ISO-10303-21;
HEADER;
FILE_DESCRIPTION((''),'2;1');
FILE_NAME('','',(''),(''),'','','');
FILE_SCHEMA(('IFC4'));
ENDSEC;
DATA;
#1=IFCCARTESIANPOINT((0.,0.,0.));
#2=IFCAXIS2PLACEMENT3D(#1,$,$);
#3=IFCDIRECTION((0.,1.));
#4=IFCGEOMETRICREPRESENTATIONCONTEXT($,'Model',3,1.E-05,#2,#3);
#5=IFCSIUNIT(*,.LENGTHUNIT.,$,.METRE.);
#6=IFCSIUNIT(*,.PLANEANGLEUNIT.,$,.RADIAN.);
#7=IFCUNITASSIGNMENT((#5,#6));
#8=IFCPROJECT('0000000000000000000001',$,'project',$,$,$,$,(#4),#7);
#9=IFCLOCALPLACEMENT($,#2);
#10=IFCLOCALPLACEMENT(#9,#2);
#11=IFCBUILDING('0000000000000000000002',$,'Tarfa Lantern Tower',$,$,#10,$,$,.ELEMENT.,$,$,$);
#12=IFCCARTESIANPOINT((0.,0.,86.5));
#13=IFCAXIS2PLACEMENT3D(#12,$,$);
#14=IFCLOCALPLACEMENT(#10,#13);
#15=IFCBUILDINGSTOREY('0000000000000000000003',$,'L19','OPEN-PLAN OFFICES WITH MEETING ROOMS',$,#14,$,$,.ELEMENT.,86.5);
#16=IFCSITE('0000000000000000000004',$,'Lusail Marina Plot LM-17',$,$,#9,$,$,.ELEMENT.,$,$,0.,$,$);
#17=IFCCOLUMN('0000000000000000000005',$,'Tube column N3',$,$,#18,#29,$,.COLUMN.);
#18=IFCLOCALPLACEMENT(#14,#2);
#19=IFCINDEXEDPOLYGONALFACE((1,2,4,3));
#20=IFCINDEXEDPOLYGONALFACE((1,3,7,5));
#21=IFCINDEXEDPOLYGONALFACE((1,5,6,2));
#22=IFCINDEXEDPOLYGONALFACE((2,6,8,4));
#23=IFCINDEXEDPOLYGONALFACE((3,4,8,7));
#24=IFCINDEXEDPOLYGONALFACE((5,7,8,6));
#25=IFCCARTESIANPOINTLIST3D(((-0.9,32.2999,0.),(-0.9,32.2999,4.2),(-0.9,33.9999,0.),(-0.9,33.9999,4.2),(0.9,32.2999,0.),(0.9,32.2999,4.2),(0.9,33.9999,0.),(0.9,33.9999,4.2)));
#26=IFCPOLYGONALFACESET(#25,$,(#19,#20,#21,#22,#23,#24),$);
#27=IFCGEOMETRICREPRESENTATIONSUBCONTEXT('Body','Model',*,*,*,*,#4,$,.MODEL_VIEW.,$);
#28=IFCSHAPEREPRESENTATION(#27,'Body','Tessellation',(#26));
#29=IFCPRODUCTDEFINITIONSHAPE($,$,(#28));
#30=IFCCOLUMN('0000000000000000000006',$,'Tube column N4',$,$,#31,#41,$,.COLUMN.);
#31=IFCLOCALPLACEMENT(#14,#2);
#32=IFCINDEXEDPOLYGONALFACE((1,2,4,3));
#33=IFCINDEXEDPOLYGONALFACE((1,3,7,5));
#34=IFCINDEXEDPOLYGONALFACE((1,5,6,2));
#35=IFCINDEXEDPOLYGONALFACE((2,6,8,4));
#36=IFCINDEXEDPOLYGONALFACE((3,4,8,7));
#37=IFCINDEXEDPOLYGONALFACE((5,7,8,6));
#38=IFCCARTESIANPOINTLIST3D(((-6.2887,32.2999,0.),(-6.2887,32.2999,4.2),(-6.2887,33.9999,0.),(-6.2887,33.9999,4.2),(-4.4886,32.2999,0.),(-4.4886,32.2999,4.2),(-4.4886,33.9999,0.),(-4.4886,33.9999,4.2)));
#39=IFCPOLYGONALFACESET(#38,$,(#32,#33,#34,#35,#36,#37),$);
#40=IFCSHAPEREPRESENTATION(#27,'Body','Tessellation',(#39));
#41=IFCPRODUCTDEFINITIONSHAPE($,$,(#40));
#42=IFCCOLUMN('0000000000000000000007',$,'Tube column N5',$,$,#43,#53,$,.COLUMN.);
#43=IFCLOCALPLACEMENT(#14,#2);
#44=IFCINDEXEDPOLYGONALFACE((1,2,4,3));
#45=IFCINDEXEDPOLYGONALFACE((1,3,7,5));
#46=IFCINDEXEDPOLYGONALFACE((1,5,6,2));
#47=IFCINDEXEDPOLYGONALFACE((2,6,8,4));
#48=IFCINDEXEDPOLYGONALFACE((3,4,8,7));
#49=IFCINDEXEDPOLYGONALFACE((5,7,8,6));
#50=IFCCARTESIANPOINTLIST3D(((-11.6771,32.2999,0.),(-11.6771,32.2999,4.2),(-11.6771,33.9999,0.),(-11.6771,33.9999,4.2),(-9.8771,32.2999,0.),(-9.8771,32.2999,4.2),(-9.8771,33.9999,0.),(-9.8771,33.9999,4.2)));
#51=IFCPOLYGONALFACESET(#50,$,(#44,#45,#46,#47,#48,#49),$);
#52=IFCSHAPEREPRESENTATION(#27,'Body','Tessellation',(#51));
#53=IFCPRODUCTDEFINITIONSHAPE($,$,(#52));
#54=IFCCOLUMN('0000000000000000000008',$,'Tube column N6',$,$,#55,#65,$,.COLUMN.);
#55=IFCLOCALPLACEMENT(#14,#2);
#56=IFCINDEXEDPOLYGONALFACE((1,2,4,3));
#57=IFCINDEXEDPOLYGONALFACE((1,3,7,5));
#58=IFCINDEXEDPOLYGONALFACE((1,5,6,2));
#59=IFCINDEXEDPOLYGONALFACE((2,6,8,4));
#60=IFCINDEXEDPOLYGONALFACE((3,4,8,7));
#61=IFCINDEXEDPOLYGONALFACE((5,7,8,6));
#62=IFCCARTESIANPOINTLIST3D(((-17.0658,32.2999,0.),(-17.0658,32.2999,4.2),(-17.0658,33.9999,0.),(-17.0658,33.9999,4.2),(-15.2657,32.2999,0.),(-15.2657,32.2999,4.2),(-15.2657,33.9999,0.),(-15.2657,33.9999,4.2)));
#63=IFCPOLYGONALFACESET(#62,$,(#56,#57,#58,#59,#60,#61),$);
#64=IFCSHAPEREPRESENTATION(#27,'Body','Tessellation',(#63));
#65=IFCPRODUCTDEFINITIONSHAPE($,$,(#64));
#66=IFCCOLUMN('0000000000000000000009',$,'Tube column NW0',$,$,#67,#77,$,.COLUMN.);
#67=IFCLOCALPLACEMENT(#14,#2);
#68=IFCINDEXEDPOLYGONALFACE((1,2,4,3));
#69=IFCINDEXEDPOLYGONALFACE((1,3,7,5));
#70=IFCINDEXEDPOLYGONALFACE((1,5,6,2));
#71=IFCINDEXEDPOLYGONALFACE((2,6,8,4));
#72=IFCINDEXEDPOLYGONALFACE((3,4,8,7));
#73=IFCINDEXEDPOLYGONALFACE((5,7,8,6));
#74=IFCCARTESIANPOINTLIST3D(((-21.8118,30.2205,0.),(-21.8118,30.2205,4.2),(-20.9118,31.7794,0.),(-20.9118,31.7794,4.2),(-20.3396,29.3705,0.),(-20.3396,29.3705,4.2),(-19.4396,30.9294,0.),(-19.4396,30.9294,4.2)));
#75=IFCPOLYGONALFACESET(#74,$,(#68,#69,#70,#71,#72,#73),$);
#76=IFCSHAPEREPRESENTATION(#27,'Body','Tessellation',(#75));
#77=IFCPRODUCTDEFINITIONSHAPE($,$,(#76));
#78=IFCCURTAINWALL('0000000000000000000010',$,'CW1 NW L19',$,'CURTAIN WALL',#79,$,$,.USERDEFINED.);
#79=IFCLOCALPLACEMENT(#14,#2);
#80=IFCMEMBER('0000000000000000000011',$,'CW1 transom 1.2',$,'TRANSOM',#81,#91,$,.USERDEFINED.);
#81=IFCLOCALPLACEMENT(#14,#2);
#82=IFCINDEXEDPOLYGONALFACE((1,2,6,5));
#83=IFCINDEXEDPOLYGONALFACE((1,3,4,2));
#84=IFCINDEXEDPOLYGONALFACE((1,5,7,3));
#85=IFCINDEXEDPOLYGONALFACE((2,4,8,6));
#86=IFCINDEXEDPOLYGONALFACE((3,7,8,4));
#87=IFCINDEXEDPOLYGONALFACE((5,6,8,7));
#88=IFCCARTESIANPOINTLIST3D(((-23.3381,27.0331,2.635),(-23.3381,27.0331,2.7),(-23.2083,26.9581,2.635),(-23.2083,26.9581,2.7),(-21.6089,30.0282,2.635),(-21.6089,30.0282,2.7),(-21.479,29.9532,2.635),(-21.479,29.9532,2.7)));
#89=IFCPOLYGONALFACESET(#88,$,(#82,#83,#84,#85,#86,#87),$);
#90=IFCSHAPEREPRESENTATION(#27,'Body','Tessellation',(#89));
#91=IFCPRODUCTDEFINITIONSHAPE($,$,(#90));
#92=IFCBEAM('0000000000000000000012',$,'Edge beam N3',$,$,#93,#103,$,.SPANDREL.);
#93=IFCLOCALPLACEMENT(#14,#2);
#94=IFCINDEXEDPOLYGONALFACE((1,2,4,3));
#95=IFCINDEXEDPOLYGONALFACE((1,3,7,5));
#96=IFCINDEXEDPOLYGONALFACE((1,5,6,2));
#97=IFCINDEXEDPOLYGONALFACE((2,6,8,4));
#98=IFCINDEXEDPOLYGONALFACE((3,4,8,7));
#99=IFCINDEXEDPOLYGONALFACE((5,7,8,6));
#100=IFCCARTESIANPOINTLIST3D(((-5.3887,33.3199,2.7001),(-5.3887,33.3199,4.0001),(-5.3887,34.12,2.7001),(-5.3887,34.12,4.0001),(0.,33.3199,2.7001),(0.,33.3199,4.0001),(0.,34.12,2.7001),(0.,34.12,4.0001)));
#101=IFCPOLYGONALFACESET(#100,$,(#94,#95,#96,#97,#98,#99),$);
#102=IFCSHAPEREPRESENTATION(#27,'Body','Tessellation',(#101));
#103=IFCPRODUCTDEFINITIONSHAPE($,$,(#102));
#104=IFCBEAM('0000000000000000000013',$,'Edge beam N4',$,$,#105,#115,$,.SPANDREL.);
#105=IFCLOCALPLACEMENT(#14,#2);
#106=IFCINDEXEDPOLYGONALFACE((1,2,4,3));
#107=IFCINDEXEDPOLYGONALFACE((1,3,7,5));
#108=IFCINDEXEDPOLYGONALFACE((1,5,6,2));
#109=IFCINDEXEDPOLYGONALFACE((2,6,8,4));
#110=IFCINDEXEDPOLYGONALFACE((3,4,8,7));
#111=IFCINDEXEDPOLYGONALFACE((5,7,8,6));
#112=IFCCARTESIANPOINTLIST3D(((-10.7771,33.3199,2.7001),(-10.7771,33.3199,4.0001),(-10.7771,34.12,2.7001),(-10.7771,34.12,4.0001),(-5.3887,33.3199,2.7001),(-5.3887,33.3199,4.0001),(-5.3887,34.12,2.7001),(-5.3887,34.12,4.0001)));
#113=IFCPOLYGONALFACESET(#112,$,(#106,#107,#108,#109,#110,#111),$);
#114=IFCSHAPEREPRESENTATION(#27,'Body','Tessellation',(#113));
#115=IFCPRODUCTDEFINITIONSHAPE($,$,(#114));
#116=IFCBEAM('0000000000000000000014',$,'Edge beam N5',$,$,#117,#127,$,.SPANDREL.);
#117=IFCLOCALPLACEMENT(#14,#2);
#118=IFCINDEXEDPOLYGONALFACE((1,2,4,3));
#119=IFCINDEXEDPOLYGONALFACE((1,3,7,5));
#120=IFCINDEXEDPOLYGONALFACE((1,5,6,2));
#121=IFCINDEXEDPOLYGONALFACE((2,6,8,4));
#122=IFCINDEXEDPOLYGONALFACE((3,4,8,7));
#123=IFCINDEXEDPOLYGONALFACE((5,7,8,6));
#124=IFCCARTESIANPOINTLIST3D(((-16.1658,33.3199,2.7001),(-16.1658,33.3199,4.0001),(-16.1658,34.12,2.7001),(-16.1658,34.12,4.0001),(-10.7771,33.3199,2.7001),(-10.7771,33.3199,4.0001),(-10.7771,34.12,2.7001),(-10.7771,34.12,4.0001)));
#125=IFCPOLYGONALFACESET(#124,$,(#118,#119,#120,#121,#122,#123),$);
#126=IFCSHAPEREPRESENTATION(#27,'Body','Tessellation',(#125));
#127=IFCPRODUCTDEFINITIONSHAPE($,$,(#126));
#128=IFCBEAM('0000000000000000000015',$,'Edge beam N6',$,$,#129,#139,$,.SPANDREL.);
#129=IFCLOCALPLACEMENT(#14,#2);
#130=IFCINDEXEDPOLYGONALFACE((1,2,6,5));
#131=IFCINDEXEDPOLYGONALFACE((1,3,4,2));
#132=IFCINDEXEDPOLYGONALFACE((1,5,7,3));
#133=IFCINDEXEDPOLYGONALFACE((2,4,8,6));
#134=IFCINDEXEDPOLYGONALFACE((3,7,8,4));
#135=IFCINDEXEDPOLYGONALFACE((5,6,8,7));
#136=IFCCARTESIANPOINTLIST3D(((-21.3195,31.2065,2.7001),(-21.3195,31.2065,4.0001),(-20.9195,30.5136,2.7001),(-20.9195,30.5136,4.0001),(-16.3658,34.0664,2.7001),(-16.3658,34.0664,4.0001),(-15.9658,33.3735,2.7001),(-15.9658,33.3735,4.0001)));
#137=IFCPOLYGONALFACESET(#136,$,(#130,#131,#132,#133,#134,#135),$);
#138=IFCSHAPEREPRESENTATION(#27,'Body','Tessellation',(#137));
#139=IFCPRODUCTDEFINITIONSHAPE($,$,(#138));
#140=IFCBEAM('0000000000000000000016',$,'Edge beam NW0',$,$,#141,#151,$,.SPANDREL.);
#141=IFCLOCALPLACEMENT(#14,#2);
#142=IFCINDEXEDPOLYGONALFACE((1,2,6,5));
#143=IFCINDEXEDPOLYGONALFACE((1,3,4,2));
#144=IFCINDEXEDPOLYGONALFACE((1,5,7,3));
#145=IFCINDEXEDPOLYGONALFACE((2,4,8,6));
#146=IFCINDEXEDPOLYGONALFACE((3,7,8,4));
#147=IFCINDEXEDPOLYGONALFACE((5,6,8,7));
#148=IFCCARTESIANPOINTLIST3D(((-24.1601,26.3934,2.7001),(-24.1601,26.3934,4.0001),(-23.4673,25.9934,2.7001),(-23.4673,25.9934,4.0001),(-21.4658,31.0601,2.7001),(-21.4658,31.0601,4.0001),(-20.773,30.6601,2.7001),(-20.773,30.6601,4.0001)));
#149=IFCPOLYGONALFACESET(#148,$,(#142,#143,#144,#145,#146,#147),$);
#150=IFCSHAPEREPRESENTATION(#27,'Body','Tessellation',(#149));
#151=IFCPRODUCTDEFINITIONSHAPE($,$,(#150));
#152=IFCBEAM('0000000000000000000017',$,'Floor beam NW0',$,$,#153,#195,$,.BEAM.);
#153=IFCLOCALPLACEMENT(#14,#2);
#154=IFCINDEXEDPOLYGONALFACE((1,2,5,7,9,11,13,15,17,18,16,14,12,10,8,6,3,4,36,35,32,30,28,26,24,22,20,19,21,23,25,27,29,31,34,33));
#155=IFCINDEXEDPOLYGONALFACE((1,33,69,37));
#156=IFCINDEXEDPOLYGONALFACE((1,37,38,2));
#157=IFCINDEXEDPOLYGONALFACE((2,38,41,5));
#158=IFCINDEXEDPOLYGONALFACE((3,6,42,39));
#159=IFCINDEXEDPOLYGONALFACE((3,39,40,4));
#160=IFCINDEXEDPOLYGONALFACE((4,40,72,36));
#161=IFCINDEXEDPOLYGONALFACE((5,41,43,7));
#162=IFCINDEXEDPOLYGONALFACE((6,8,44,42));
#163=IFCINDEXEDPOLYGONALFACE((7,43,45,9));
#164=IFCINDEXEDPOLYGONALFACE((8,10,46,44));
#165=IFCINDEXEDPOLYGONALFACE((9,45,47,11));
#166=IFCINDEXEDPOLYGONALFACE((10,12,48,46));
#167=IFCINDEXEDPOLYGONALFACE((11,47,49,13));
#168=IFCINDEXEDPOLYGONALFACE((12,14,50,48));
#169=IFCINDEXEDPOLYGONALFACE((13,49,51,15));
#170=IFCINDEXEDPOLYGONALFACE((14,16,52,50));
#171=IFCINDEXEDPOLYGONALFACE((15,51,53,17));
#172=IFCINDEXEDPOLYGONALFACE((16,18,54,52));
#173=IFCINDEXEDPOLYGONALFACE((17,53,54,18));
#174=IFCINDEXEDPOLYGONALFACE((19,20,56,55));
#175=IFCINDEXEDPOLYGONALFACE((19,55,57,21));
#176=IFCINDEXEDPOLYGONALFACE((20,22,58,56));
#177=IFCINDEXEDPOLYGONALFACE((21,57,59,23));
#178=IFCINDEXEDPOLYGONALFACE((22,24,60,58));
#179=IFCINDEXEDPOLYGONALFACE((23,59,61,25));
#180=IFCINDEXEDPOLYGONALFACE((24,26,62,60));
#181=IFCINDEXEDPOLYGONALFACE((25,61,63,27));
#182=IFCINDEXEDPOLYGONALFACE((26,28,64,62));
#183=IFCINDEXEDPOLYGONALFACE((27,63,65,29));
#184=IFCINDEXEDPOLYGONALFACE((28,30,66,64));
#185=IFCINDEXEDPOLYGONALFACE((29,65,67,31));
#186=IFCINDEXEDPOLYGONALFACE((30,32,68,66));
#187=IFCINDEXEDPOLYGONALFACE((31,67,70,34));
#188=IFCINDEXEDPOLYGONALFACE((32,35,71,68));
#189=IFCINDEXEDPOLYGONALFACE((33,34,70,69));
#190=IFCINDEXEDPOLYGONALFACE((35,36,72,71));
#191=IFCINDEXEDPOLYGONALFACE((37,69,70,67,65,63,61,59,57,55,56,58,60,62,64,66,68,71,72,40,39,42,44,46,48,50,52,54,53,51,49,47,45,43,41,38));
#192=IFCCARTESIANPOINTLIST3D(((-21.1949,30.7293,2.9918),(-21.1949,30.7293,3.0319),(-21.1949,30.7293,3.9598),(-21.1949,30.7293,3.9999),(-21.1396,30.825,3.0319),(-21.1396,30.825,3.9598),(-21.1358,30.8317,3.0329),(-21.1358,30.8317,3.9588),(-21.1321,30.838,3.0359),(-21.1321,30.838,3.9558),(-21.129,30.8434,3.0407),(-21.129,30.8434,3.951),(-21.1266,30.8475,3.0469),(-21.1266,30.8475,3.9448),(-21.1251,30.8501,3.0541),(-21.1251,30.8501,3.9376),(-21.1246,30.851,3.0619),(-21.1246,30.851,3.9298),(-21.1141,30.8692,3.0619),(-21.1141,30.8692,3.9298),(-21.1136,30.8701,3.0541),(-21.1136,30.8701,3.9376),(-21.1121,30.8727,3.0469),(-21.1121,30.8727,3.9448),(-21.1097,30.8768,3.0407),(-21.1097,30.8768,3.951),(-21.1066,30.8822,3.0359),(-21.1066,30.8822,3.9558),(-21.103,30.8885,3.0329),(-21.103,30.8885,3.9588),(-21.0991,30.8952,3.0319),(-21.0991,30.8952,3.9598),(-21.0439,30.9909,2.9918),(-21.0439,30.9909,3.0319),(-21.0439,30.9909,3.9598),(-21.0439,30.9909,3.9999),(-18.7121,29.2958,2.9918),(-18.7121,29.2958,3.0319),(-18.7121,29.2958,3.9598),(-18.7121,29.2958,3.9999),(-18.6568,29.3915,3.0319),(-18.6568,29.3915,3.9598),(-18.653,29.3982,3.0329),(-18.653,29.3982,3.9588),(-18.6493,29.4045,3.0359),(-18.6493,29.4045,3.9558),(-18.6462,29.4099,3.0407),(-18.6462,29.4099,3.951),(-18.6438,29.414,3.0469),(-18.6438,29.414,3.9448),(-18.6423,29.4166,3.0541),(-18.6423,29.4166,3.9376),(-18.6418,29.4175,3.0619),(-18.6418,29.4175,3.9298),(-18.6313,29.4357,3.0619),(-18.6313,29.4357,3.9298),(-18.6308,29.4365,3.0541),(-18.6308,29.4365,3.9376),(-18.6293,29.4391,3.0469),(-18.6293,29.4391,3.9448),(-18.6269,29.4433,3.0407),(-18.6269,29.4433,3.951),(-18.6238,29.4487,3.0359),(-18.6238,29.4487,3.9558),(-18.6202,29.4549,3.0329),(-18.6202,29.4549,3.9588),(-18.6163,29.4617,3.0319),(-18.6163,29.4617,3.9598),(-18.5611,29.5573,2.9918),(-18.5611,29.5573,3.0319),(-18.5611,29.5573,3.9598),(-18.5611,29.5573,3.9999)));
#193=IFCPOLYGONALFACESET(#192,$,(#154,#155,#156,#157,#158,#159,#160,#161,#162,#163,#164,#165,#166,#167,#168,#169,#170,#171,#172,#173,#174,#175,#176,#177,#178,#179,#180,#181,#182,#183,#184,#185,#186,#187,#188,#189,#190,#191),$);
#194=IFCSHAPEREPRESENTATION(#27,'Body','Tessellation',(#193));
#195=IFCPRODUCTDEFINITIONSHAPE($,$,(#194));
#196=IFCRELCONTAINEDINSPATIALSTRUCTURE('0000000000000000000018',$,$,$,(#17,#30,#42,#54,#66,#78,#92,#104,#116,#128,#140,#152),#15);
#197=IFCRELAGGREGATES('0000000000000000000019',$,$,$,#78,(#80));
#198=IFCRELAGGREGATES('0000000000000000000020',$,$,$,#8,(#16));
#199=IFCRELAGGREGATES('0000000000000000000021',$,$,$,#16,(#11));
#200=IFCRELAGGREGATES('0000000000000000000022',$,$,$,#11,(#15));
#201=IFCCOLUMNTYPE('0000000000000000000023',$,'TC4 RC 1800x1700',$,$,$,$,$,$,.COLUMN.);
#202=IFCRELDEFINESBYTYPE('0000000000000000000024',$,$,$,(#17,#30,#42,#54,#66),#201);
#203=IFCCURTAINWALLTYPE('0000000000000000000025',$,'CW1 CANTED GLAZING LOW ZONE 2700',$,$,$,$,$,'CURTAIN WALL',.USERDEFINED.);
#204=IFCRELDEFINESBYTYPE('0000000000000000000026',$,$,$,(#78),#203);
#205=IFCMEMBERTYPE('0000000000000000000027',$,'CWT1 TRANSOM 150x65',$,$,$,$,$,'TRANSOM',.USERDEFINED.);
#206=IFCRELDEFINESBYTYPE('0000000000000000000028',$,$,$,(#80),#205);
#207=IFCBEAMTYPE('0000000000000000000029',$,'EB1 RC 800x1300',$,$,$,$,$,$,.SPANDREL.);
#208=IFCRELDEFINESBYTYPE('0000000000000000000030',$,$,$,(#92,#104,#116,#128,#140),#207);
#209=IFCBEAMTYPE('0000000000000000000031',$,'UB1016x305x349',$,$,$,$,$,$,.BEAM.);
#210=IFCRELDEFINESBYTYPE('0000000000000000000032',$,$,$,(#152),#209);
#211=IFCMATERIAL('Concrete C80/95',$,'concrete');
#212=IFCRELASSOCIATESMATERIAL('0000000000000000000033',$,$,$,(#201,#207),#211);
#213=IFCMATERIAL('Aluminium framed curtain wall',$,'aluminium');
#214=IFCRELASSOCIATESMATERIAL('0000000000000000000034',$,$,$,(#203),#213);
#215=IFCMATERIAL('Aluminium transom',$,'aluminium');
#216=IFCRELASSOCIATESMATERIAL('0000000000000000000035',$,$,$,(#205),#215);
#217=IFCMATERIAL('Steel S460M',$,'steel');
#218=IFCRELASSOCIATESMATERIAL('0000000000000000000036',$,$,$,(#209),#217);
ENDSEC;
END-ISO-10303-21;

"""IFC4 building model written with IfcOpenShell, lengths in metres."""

from ifc_helpers import new_model, si_unit, direction, frame, origin, origin_2d, place, context, subcontext, project, spatial, rectangle, i_section, extrude, material, material_profile, profile_set, type_object, element, aggregate, save


model = new_model("IFC4")

# Units and contexts
model_context = context("Model", 3, precision=1e-05, world=origin(), true_north=direction((0.0, 1.0)))
body_context = subcontext(model_context, "Body", "Model", "MODEL_VIEW")
ifc_project = project(units=[si_unit("LENGTHUNIT", "METRE"), si_unit("PLANEANGLEUNIT", "RADIAN")], contexts=[model_context])

# Site, building, storey
site_placement = place(None, origin())
site = spatial("IfcSite", under=ifc_project, at=site_placement, Name="Lusail Marina Plot LM-17", CompositionType="ELEMENT", RefElevation=0.0)
building_placement = place(site_placement, origin())
building = spatial("IfcBuilding", under=site, at=building_placement, Name="Tarfa Lantern Tower", CompositionType="ELEMENT")
storey_placement = place(building_placement, frame((0.0, 0.0, 86.5)))
storey = spatial("IfcBuildingStorey", under=building, at=storey_placement, Name="L19", Description="OPEN-PLAN OFFICES WITH MEETING ROOMS", CompositionType="ELEMENT", Elevation=86.5)

# Columns
ifc_material_1 = material(Name="Concrete C80/95", Category="concrete")
ifc_material_profile_1 = material_profile(ifc_material_1, rectangle(XDim=1.8, YDim=1.7, at=origin_2d()), Name="RC 1800x1700")
ifc_profile_set_1 = profile_set([ifc_material_profile_1], Name="Concrete C80/95")
column_type = type_object("IfcColumnType", Name="TC4 RC 1800x1700", PredefinedType="COLUMN", material=ifc_profile_set_1)
for number, where, z_axis, x_axis, name in (
    (1, (0.0, 33.1499, 0.0), (0.0, 0.0, 1.0), (-1.0, 0.0, 0.0), "Tube column N3"),
    (2, (-5.3887, 33.1499, 0.0), (0.0, 0.0, 1.0), (-1.0, 0.0, 0.0), "Tube column N4"),
    (3, (-10.7771, 33.1499, 0.0), (0.0, 0.0, 1.0), (-1.0, 0.0, 0.0), "Tube column N5"),
    (4, (-16.1658, 33.1499, 0.0), (0.0, 0.0, 1.0), (-1.0, 0.0, 0.0), "Tube column N6"),
    (5, (-20.6257, 30.575, 0.0), (0.0, 0.0, 1.0), (-0.5, -0.866025, 0.0), "Tube column NW0"),
):
    element("IfcColumn", number, at=place(storey_placement, frame(where, z_axis=z_axis, x_axis=x_axis)), inside=storey, type_object=column_type, Name=name, PredefinedType="COLUMN", context=body_context, shape_type="SweptSolid", body=[
        extrude(rectangle(XDim=1.8, YDim=1.7, at=origin_2d()), origin(), (0.0, 0.0, 1.0), 4.2),
    ])

# Curtain wall, member
ifc_material_2 = material(Name="Aluminium framed curtain wall", Category="aluminium")
curtain_wall_type = type_object("IfcCurtainWallType", Name="CW1 CANTED GLAZING LOW ZONE 2700", ElementType="CURTAIN WALL", PredefinedType="USERDEFINED", material=ifc_material_2)
curtain_wall_placement = place(storey_placement, origin())
curtain_wall = element("IfcCurtainWall", 6, at=curtain_wall_placement, inside=storey, type_object=curtain_wall_type, Name="CW1 NW L19", ObjectType="CURTAIN WALL", PredefinedType="USERDEFINED")
ifc_material_3 = material(Name="Aluminium transom", Category="aluminium")
ifc_material_profile_2 = material_profile(ifc_material_3, rectangle(XDim=0.1499, YDim=0.0649, at=origin_2d()), Name="AL TRANSOM 150x65")
ifc_profile_set_2 = profile_set([ifc_material_profile_2], Name="Aluminium transom")
member_type = type_object("IfcMemberType", Name="CWT1 TRANSOM 150x65", ElementType="TRANSOM", PredefinedType="USERDEFINED", material=ifc_profile_set_2)
member_placement = place(storey_placement, frame((-21.5439, 29.9907, 2.6675), z_axis=(-0.500004, -0.866023, 0.0), x_axis=(0.866023, -0.500004, 0.0)))
member = element("IfcMember", 7, at=member_placement, type_object=member_type, Name="CW1 transom 1.2", ObjectType="TRANSOM", PredefinedType="USERDEFINED", context=body_context, shape_type="SweptSolid", body=[
    extrude(rectangle(XDim=0.1499, YDim=0.0649, at=origin_2d()), origin(), (0.0, 0.0, 1.0), 3.4585),
])
aggregate(curtain_wall, [member])

# Beams
ifc_material_profile_3 = material_profile(ifc_material_1, rectangle(XDim=0.8, YDim=1.3, at=origin_2d()), Name="RC 800x1300")
ifc_profile_set_3 = profile_set([ifc_material_profile_3], Name="Concrete C80/95")
beam_type_1 = type_object("IfcBeamType", Name="EB1 RC 800x1300", PredefinedType="SPANDREL", material=ifc_profile_set_3)
beam_1_placement = place(storey_placement, frame((0.0, 33.72, 3.3501), z_axis=(-1.0, 0.0, 0.0), x_axis=(0.0, -1.0, 0.0)))
element("IfcBeam", 8, at=beam_1_placement, inside=storey, type_object=beam_type_1, Name="Edge beam N3", PredefinedType="SPANDREL", context=body_context, shape_type="SweptSolid", body=[
    extrude(rectangle(XDim=0.8, YDim=1.3, at=origin_2d()), origin(), (0.0, 0.0, 1.0), 5.3887),
])
beam_2_placement = place(storey_placement, frame((-5.3887, 33.72, 3.3501), z_axis=(-1.0, 0.0, 0.0), x_axis=(0.0, -1.0, 0.0)))
element("IfcBeam", 9, at=beam_2_placement, inside=storey, type_object=beam_type_1, Name="Edge beam N4", PredefinedType="SPANDREL", context=body_context, shape_type="SweptSolid", body=[
    extrude(rectangle(XDim=0.8, YDim=1.3, at=origin_2d()), origin(), (0.0, 0.0, 1.0), 5.3884),
])
beam_3_placement = place(storey_placement, frame((-10.7771, 33.72, 3.3501), z_axis=(-1.0, 0.0, 0.0), x_axis=(0.0, -1.0, 0.0)))
element("IfcBeam", 10, at=beam_3_placement, inside=storey, type_object=beam_type_1, Name="Edge beam N5", PredefinedType="SPANDREL", context=body_context, shape_type="SweptSolid", body=[
    extrude(rectangle(XDim=0.8, YDim=1.3, at=origin_2d()), origin(), (0.0, 0.0, 1.0), 5.3887),
])
beam_4_placement = place(storey_placement, frame((-16.1658, 33.72, 3.3501), z_axis=(-0.866033, -0.499986, 0.0), x_axis=(0.499986, -0.866033, 0.0)))
element("IfcBeam", 11, at=beam_4_placement, inside=storey, type_object=beam_type_1, Name="Edge beam N6", PredefinedType="SPANDREL", context=body_context, shape_type="SweptSolid", body=[
    extrude(rectangle(XDim=0.8, YDim=1.3, at=origin_2d()), origin(), (0.0, 0.0, 1.0), 5.72),
])
beam_5_placement = place(storey_placement, frame((-21.1194, 30.8601, 3.3501), z_axis=(-0.499998, -0.866026, 0.0), x_axis=(0.866026, -0.499998, 0.0)))
element("IfcBeam", 12, at=beam_5_placement, inside=storey, type_object=beam_type_1, Name="Edge beam NW0", PredefinedType="SPANDREL", context=body_context, shape_type="SweptSolid", body=[
    extrude(rectangle(XDim=0.8, YDim=1.3, at=origin_2d()), origin(), (0.0, 0.0, 1.0), 5.3887),
])
ifc_material_4 = material(Name="Steel S460M", Category="steel")
ifc_material_profile_4 = material_profile(ifc_material_4, i_section(OverallWidth=0.302, OverallDepth=1.0081, WebThickness=0.021, FlangeThickness=0.04, FilletRadius=0.03, at=origin_2d()), Name="UB1016x305x349")
ifc_profile_set_4 = profile_set([ifc_material_profile_4], Name="Steel S460M")
beam_type_2 = type_object("IfcBeamType", Name="UB1016x305x349", PredefinedType="BEAM", material=ifc_profile_set_4)
beam_6_placement = place(storey_placement, frame((-21.1194, 30.8601, 3.4958), z_axis=(0.866013, -0.500022, 0.0), x_axis=(0.500022, 0.866013, 0.0)))
element("IfcBeam", 13, at=beam_6_placement, inside=storey, type_object=beam_type_2, Name="Floor beam NW0", PredefinedType="BEAM", context=body_context, shape_type="SweptSolid", body=[
    extrude(i_section(OverallWidth=0.302, OverallDepth=1.0081, WebThickness=0.021, FlangeThickness=0.04, FilletRadius=0.03, at=origin_2d()), origin(), (0.0, 0.0, 1.0), 2.8669),
])

save(model, "model.ifc")
